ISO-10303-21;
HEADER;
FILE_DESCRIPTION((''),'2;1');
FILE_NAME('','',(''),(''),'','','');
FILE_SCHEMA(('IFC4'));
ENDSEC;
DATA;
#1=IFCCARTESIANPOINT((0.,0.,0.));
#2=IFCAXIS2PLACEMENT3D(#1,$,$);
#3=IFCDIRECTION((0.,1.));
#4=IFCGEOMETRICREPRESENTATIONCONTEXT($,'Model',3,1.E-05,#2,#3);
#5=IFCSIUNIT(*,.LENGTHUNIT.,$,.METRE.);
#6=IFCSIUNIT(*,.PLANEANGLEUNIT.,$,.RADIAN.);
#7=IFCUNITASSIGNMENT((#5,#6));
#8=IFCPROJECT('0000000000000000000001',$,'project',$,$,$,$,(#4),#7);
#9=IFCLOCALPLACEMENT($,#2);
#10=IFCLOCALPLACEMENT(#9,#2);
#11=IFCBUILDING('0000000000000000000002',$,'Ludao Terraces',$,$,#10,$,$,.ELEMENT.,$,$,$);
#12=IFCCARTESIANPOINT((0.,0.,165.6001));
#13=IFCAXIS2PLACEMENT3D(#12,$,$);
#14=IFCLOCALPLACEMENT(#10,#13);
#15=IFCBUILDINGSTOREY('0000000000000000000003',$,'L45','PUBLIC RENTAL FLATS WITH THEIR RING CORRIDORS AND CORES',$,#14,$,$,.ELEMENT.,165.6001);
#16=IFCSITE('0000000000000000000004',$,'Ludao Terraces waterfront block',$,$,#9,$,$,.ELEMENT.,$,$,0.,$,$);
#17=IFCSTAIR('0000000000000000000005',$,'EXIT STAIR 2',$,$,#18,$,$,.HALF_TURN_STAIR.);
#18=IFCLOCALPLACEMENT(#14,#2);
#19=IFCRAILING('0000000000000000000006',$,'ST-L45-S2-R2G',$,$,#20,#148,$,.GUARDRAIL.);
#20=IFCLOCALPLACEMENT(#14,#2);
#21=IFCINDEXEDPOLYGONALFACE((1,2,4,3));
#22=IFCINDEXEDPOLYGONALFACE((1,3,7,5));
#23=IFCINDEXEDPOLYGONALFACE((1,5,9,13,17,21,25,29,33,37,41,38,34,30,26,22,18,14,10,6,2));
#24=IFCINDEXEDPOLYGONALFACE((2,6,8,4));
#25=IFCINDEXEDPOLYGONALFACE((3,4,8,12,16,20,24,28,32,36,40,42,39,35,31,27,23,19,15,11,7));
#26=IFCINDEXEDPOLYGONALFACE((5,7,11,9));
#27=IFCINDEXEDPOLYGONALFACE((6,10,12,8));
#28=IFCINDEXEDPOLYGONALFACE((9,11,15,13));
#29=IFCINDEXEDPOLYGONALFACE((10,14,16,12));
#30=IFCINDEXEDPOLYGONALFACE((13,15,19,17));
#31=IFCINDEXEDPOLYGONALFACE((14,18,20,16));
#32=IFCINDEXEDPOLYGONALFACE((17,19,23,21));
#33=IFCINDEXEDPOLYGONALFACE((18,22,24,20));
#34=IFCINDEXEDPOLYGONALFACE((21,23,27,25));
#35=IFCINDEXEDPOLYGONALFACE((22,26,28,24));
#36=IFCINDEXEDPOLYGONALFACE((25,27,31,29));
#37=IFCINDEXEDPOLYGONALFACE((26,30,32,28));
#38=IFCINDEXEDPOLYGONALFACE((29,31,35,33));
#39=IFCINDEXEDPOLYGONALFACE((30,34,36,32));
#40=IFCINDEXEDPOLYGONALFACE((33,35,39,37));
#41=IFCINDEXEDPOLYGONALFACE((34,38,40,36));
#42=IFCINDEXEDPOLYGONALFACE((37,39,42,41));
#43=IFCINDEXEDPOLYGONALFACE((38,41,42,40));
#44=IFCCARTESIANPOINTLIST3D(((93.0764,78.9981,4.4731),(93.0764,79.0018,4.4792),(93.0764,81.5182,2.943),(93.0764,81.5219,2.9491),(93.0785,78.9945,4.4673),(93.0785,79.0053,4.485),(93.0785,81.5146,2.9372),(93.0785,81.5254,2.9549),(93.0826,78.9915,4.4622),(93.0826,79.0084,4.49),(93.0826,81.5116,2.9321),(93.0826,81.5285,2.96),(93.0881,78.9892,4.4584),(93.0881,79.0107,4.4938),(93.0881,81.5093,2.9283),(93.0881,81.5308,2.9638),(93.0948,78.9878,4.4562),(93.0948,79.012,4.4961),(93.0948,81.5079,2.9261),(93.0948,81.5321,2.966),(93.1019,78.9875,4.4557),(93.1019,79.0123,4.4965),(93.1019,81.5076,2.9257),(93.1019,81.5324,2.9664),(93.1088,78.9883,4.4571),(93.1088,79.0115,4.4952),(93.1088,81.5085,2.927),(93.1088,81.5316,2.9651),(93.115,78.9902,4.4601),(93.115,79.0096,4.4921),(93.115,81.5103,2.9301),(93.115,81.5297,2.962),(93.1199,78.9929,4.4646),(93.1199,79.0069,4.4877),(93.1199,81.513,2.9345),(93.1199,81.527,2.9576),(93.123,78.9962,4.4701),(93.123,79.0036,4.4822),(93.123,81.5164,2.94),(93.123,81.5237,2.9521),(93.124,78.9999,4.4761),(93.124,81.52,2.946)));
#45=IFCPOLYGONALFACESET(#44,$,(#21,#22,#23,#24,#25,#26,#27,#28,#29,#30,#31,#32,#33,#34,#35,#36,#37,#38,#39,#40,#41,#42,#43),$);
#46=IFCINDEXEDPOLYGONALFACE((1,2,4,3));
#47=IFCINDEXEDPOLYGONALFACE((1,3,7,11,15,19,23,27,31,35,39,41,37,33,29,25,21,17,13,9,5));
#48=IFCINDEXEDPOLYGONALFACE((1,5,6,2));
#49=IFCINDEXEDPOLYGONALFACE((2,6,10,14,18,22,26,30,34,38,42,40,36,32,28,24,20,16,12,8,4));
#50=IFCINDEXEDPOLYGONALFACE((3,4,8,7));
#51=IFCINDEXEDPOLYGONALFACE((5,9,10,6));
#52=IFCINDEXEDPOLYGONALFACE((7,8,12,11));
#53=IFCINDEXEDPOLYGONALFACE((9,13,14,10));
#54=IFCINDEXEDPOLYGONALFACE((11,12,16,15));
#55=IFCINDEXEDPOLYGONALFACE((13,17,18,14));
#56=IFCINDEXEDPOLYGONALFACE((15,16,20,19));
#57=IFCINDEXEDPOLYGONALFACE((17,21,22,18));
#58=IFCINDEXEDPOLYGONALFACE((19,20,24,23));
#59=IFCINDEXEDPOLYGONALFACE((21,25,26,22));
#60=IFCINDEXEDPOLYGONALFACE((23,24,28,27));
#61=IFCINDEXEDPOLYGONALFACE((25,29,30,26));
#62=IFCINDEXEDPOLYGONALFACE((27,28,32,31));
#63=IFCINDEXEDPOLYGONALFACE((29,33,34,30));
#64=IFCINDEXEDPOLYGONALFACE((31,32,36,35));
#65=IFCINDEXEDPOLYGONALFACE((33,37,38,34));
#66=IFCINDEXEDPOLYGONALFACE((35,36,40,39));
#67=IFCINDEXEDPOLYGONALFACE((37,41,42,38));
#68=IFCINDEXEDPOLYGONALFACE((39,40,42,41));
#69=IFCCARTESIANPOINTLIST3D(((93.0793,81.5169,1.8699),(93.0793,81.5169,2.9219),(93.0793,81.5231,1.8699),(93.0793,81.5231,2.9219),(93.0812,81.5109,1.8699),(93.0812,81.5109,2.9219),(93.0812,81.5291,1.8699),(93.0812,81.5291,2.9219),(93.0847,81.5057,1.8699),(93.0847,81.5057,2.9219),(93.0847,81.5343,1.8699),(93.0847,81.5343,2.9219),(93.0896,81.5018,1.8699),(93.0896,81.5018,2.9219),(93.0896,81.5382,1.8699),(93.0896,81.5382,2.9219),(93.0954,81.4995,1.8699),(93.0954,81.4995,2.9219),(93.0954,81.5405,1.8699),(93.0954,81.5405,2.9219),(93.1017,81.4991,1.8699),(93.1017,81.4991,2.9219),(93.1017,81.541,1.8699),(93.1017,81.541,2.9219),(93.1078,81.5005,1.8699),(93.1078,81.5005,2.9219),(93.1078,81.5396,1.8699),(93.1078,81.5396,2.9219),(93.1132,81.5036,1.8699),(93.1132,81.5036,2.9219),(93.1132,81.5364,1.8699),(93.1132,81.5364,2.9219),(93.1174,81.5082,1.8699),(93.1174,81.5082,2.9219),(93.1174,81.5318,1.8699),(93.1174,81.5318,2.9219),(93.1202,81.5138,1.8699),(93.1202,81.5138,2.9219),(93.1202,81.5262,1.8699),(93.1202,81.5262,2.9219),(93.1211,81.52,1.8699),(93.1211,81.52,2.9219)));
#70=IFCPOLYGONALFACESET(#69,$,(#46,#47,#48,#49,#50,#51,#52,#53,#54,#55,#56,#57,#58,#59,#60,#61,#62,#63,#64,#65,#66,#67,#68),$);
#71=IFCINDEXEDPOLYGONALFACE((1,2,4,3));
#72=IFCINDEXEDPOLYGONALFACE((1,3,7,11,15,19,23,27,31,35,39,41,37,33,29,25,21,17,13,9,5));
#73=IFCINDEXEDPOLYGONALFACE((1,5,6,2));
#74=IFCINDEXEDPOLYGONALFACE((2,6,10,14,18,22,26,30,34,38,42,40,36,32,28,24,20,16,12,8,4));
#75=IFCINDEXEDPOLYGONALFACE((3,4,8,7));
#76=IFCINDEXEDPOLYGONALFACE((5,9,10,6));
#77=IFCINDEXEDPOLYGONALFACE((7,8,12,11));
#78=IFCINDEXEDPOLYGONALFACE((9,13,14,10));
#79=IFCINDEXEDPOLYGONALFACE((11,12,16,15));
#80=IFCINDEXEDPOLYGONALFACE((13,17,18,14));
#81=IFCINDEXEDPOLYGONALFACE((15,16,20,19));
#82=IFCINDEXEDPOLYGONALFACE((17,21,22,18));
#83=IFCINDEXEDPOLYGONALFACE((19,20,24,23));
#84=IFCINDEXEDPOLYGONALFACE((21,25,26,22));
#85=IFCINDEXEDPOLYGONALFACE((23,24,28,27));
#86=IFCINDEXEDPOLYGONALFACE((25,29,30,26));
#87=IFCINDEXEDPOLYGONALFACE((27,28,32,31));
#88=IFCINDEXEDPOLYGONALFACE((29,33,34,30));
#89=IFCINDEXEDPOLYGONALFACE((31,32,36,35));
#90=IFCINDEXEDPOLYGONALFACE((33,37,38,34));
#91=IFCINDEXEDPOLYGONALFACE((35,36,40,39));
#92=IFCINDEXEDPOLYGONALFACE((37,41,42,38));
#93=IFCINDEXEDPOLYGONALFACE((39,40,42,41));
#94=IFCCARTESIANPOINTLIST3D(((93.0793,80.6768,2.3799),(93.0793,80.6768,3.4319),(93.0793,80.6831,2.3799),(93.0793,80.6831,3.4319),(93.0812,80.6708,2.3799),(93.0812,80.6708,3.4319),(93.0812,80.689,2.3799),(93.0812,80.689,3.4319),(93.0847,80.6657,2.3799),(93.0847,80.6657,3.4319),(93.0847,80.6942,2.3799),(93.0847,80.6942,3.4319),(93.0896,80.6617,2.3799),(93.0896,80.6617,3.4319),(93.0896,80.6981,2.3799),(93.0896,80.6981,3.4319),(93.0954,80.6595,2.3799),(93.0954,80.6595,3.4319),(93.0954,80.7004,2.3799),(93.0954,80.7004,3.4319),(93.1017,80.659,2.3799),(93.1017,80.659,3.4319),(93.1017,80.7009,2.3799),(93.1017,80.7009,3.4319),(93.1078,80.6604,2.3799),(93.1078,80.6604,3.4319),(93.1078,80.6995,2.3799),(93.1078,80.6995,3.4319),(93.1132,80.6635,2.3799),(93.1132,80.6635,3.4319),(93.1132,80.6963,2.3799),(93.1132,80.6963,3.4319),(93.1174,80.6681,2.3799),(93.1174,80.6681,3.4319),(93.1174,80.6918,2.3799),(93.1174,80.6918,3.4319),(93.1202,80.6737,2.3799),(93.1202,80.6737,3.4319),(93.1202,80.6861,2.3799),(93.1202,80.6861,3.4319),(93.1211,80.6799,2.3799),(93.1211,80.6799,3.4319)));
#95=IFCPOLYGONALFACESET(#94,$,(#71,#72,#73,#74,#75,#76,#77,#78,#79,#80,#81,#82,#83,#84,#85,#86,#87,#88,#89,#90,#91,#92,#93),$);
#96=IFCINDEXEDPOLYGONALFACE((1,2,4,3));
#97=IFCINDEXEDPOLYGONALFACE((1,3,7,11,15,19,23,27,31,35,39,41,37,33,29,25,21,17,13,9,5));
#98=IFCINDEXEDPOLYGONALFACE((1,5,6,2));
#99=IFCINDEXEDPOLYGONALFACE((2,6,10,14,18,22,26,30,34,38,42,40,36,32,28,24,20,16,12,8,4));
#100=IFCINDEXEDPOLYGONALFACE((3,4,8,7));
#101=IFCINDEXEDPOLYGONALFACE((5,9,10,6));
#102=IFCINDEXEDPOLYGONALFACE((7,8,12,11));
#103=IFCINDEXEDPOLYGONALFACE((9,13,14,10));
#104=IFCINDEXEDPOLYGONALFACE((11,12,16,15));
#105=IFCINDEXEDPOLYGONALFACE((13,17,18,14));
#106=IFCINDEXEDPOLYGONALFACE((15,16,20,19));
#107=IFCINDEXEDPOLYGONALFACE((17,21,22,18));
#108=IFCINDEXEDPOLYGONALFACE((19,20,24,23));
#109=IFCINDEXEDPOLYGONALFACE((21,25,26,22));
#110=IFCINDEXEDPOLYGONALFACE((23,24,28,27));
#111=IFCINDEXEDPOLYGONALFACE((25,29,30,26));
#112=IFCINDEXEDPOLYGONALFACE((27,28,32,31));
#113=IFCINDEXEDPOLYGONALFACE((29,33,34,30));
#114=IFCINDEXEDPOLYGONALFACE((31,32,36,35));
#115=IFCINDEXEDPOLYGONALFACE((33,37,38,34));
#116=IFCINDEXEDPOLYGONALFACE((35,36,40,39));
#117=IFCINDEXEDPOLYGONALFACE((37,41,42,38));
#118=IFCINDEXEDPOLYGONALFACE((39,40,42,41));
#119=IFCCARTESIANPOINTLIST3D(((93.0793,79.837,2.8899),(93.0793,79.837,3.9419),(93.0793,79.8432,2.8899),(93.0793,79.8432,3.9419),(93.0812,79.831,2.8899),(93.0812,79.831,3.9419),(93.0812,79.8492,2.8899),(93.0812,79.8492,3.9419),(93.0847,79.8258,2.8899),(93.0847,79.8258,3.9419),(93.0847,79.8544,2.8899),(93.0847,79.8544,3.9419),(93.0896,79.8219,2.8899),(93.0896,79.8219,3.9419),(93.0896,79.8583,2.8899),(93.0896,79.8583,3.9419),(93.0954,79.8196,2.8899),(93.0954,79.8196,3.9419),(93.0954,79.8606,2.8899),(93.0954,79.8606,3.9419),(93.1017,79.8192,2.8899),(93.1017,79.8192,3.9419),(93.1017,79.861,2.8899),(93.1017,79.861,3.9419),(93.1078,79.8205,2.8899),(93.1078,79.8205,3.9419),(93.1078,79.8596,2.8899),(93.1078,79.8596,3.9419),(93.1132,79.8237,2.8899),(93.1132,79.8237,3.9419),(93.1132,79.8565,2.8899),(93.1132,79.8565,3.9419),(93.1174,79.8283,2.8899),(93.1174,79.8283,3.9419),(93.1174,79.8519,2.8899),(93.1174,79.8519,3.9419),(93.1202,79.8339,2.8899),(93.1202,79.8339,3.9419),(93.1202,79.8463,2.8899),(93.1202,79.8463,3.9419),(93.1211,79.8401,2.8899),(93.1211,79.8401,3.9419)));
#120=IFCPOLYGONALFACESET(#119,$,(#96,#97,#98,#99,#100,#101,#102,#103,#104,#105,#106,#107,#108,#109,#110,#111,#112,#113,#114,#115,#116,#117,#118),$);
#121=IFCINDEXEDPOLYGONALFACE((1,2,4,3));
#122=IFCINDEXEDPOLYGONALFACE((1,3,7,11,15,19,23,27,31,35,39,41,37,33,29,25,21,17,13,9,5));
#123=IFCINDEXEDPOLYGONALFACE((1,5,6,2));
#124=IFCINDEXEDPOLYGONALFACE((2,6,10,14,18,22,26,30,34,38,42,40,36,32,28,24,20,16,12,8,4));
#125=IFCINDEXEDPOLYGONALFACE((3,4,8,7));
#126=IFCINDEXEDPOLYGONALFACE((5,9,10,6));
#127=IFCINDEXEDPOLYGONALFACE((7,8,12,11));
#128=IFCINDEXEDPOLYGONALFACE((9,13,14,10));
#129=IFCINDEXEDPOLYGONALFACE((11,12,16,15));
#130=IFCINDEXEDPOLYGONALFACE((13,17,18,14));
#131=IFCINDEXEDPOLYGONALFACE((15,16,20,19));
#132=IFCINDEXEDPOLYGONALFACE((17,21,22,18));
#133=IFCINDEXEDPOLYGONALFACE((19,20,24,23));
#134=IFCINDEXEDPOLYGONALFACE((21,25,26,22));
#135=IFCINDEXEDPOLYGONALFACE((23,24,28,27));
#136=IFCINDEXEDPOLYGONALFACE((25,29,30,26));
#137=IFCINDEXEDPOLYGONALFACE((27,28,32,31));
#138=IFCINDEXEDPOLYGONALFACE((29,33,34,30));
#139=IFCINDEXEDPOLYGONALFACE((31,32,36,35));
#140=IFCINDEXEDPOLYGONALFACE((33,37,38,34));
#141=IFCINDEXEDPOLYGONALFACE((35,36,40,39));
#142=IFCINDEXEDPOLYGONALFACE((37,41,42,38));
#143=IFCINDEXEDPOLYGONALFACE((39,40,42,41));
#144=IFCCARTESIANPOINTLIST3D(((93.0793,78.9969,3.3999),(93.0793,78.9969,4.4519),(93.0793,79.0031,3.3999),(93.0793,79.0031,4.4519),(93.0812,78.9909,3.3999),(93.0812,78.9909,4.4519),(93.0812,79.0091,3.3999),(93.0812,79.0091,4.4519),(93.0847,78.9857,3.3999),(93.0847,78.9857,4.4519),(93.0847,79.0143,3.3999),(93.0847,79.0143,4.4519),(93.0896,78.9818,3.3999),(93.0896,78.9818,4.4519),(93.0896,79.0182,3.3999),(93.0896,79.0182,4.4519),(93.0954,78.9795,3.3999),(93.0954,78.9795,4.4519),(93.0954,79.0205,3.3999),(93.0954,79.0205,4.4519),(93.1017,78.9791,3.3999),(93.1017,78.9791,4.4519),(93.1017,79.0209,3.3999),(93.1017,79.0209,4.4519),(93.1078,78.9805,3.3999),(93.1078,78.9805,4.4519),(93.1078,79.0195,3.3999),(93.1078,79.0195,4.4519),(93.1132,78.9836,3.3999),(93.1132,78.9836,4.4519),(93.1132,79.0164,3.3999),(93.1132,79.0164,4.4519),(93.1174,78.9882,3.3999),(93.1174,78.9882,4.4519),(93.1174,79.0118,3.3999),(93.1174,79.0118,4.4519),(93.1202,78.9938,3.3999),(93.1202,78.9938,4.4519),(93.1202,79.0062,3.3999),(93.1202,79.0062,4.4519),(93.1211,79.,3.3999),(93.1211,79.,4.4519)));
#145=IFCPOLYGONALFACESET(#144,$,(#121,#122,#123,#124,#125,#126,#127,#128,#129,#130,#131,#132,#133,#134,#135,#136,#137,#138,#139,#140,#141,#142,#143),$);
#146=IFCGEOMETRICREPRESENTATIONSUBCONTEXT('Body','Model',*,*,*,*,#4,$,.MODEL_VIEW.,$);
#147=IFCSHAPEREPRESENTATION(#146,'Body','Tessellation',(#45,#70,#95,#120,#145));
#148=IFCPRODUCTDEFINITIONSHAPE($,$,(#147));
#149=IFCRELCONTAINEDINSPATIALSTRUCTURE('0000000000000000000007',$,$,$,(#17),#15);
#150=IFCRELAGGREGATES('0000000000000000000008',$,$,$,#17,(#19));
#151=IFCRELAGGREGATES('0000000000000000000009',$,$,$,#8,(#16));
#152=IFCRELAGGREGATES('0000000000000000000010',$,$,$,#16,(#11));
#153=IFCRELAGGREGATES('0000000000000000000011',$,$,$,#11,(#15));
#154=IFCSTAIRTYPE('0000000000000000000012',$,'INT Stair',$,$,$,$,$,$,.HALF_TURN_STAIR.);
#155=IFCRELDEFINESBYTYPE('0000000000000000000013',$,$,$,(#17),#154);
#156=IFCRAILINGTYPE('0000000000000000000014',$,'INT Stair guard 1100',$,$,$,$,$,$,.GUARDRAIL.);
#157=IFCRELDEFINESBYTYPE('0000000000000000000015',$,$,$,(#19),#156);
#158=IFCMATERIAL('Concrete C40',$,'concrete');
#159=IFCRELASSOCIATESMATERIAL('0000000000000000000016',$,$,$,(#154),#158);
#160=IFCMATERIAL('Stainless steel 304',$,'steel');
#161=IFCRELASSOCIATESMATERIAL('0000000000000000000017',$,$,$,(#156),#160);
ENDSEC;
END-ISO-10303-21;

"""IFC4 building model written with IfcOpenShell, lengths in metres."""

from ifc_helpers import new_model, si_unit, direction, frame, origin, origin_2d, place, context, subcontext, project, spatial, circle, extrude, material, type_object, element, aggregate, save


model = new_model("IFC4")

# Units and contexts
model_context = context("Model", 3, precision=1e-05, world=origin(), true_north=direction((0.0, 1.0)))
body_context = subcontext(model_context, "Body", "Model", "MODEL_VIEW")
ifc_project = project(units=[si_unit("LENGTHUNIT", "METRE"), si_unit("PLANEANGLEUNIT", "RADIAN")], contexts=[model_context])

# Site, building, storey
site_placement = place(None, origin())
site = spatial("IfcSite", under=ifc_project, at=site_placement, Name="Ludao Terraces waterfront block", CompositionType="ELEMENT", RefElevation=0.0)
building_placement = place(site_placement, origin())
building = spatial("IfcBuilding", under=site, at=building_placement, Name="Ludao Terraces", CompositionType="ELEMENT")
storey_placement = place(building_placement, frame((0.0, 0.0, 165.6001)))
storey = spatial("IfcBuildingStorey", under=building, at=storey_placement, Name="L45", Description="PUBLIC RENTAL FLATS WITH THEIR RING CORRIDORS AND CORES", CompositionType="ELEMENT", Elevation=165.6001)

# Shared definitions
ifc_material_1 = material(Name="Stainless steel 304", Category="steel")

# Stair, railing
ifc_material_2 = material(Name="Concrete C40", Category="concrete")
stair_type = type_object("IfcStairType", Name="INT Stair", PredefinedType="HALF_TURN_STAIR", material=ifc_material_2)
stair_placement = place(storey_placement, origin())
stair = element("IfcStair", 1, at=stair_placement, inside=storey, type_object=stair_type, Name="EXIT STAIR 2", PredefinedType="HALF_TURN_STAIR")
railing_type = type_object("IfcRailingType", Name="INT Stair guard 1100", PredefinedType="GUARDRAIL", material=ifc_material_1)
railing_1_placement = place(storey_placement, frame((93.1001, 81.52, 1.8699)))
railing_1 = element("IfcRailing", 2, at=railing_1_placement, type_object=railing_type, Name="ST-L45-S2-R2G", PredefinedType="GUARDRAIL", context=body_context, shape_type="SweptSolid", body=[
    extrude(circle(Radius=0.0239, at=origin_2d()), frame((0.0, 0.0, 1.0762), z_axis=(0.0, -0.854785, 0.518982), x_axis=(1.0, 0.0, 0.0)), (0.0, 0.0, 1.0), 2.9482),
    extrude(circle(Radius=0.021, at=origin_2d()), origin(), (0.0, 0.0, 1.0), 1.052),
    extrude(circle(Radius=0.021, at=origin_2d()), frame((0.0, -0.8401, 0.51)), (0.0, 0.0, 1.0), 1.052),
    extrude(circle(Radius=0.021, at=origin_2d()), frame((0.0, -1.6799, 1.02)), (0.0, 0.0, 1.0), 1.052),
    extrude(circle(Radius=0.021, at=origin_2d()), frame((0.0, -2.52, 1.53)), (0.0, 0.0, 1.0), 1.052),
])
aggregate(stair, [railing_1])

save(model, "model.ifc")
